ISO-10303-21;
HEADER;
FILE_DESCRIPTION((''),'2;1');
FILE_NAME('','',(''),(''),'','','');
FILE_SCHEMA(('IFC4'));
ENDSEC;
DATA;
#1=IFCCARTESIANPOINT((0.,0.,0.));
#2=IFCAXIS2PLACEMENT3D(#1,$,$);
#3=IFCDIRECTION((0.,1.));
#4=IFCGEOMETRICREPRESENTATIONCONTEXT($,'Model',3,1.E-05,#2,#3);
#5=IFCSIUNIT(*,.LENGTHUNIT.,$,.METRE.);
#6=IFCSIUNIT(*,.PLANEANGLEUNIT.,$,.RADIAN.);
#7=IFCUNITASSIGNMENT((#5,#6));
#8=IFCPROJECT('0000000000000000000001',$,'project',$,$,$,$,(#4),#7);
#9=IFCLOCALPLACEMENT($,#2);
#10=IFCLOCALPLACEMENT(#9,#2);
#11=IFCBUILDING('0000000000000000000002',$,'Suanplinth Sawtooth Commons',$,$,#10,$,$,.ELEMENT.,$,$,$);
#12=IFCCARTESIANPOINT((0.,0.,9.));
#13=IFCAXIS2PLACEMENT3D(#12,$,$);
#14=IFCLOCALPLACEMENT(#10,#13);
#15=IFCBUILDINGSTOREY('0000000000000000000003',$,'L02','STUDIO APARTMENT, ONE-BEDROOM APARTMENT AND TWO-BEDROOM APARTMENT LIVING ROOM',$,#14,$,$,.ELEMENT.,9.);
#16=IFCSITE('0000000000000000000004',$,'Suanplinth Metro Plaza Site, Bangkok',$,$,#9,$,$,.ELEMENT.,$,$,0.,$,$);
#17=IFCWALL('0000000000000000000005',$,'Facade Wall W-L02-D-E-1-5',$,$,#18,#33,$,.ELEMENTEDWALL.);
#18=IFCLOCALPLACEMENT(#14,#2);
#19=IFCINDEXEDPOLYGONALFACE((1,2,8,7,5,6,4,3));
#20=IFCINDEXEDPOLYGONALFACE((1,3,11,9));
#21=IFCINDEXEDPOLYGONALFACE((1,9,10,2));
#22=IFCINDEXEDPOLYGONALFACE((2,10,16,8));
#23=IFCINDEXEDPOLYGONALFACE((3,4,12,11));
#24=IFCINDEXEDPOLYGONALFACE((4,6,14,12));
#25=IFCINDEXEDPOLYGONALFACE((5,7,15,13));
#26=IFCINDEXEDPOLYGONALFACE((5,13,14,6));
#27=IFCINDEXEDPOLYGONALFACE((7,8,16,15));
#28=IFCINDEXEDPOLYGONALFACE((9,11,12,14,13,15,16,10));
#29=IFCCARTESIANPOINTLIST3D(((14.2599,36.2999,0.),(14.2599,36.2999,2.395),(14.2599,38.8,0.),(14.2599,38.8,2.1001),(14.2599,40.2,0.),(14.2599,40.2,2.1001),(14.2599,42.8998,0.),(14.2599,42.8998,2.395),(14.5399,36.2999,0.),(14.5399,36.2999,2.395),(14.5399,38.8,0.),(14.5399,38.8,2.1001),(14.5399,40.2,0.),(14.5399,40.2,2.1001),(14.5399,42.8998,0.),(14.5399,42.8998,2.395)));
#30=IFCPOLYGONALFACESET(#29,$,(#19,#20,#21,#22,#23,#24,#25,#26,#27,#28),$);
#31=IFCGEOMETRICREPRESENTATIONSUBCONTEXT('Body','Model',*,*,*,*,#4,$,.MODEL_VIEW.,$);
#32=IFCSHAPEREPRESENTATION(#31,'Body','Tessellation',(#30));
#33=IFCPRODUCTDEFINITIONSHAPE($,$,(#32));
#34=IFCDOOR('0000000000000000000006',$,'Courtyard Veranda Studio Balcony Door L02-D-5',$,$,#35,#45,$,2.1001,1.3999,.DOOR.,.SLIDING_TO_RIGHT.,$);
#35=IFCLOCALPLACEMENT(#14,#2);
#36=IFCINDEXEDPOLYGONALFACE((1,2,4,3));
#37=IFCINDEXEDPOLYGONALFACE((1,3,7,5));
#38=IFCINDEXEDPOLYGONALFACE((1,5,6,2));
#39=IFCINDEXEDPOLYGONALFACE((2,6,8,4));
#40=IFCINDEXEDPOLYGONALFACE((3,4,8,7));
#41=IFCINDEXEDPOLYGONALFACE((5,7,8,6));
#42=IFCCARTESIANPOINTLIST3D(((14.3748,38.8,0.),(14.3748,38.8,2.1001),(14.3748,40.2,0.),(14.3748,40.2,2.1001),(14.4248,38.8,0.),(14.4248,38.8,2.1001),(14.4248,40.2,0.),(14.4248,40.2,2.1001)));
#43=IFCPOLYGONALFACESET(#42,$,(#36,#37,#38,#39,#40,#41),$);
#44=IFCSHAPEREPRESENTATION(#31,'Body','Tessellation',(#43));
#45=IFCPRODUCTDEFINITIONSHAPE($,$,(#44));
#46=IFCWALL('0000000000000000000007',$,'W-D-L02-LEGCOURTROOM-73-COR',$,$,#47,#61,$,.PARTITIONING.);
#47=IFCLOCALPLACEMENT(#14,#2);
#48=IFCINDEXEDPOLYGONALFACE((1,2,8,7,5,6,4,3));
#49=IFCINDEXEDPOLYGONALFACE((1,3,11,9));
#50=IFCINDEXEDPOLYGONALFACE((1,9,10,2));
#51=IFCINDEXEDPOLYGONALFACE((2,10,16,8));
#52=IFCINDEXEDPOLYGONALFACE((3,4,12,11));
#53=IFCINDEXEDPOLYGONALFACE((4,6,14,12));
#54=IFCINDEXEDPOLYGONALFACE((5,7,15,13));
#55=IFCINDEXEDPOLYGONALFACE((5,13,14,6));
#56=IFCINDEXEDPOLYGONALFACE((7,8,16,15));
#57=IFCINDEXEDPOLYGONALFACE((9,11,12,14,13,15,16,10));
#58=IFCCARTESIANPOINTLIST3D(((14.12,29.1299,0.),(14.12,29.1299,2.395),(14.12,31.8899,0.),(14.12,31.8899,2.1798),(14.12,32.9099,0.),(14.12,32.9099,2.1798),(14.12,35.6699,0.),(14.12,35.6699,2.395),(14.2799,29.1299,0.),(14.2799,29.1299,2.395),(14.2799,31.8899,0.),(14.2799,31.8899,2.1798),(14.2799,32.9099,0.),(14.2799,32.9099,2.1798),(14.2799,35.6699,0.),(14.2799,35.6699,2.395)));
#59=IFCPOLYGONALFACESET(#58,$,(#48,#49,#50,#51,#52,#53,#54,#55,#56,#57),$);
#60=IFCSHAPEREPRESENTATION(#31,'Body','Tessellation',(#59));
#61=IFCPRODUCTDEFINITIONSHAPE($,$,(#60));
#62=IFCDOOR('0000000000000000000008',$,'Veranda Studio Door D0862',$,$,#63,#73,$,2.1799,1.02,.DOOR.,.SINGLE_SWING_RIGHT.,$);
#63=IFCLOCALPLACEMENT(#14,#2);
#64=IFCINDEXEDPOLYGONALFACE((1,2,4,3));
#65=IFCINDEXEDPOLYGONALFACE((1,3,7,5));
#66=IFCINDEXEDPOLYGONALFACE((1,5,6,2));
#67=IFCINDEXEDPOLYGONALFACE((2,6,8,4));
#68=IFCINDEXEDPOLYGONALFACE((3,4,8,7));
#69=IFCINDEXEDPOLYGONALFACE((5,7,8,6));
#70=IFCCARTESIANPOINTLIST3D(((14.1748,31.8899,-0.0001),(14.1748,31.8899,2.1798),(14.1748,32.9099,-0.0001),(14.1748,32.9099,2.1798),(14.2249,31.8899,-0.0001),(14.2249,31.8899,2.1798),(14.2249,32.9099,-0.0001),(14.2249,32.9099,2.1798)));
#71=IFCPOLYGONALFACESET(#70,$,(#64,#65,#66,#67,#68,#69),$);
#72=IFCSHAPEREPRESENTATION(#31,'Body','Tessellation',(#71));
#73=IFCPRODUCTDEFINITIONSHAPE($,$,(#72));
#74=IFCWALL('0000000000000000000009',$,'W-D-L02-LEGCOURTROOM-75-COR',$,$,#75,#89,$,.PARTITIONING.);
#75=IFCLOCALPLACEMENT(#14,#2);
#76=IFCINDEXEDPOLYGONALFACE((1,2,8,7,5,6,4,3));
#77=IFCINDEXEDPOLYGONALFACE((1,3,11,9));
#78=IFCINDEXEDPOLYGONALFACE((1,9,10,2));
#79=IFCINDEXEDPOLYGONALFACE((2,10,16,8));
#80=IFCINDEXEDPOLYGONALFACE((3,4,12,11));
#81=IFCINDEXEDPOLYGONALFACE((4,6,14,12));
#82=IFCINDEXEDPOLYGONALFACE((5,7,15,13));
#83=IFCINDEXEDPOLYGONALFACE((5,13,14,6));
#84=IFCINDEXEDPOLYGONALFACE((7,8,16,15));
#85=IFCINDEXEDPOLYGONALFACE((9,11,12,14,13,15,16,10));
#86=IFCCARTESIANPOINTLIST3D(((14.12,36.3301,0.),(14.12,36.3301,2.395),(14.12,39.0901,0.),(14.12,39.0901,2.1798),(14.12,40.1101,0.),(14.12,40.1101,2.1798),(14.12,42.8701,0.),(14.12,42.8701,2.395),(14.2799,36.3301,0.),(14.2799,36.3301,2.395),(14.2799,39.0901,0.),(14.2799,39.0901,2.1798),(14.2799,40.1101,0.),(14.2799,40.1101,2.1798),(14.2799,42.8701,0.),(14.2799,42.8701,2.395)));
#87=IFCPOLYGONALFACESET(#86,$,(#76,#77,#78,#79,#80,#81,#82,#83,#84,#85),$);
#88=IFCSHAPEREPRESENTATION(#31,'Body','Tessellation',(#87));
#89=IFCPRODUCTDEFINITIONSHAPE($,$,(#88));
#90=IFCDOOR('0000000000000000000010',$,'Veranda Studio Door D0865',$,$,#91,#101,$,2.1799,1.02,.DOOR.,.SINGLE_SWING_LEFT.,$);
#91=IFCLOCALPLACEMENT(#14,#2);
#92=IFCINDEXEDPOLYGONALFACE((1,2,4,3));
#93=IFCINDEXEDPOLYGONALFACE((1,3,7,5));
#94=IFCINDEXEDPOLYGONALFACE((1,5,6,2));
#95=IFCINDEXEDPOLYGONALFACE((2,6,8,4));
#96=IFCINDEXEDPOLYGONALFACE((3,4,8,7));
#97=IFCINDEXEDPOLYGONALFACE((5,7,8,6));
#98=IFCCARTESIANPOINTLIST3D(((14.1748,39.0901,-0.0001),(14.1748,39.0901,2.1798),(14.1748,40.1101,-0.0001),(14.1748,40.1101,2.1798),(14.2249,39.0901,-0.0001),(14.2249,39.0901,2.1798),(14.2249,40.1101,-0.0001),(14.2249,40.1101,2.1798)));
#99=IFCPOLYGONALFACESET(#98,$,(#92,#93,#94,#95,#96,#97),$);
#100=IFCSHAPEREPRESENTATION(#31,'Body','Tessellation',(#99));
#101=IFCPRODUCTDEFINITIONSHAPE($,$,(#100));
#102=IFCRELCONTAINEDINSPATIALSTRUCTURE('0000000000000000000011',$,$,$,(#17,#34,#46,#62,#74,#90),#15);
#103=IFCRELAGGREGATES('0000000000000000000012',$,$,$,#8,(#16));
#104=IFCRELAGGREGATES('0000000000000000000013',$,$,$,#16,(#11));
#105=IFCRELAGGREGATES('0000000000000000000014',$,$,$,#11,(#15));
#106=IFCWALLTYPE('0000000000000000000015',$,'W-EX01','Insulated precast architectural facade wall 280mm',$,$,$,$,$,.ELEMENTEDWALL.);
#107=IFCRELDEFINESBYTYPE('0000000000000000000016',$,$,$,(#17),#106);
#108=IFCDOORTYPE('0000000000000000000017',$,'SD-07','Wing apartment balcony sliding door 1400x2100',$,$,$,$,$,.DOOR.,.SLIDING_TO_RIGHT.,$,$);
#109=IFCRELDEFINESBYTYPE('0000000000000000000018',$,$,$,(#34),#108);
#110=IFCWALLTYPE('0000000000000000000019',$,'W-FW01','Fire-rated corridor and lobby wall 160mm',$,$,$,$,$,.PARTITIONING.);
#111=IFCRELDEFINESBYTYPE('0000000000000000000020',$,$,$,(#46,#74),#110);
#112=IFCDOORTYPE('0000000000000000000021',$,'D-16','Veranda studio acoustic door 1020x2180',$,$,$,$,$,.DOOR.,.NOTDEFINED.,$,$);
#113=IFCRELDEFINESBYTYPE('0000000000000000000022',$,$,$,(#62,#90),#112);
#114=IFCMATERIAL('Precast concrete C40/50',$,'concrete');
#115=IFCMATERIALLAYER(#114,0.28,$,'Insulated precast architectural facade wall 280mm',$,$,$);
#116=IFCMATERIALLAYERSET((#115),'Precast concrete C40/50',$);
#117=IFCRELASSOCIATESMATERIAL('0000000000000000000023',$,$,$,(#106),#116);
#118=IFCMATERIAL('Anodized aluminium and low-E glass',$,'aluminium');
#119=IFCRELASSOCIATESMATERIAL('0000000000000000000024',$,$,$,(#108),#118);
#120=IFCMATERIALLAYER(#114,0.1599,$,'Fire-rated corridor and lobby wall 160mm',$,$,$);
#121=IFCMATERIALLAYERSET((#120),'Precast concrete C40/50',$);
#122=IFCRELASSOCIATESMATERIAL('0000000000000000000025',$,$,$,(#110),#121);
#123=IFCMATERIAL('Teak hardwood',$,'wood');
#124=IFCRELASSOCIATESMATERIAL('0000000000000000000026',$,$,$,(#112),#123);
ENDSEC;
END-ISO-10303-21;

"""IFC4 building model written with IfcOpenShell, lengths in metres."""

from ifc_helpers import new_model, si_unit, direction, frame, frame_2d, origin, place, context, subcontext, project, spatial, rectangle, extrude, material, layer, layer_set, type_object, element, fill, save


model = new_model("IFC4")

# Units and contexts
model_context = context("Model", 3, precision=1e-05, world=origin(), true_north=direction((0.0, 1.0)))
body_context = subcontext(model_context, "Body", "Model", "MODEL_VIEW")
ifc_project = project(units=[si_unit("LENGTHUNIT", "METRE"), si_unit("PLANEANGLEUNIT", "RADIAN")], contexts=[model_context])

# Site, building, storey
site_placement = place(None, origin())
site = spatial("IfcSite", under=ifc_project, at=site_placement, Name="Suanplinth Metro Plaza Site, Bangkok", CompositionType="ELEMENT", RefElevation=0.0)
building_placement = place(site_placement, origin())
building = spatial("IfcBuilding", under=site, at=building_placement, Name="Suanplinth Sawtooth Commons", CompositionType="ELEMENT")
storey_placement = place(building_placement, frame((0.0, 0.0, 9.0)))
storey = spatial("IfcBuildingStorey", under=building, at=storey_placement, Name="L02", Description="STUDIO APARTMENT, ONE-BEDROOM APARTMENT AND TWO-BEDROOM APARTMENT LIVING ROOM", CompositionType="ELEMENT", Elevation=9.0)

# Shared definitions
ifc_material_1 = material(Name="Precast concrete C40/50", Category="concrete")

# Walls, openings, doors
ifc_layer_1 = layer(ifc_material_1, 0.28, Name="Insulated precast architectural facade wall 280mm")
ifc_layer_set_1 = layer_set([ifc_layer_1], Name="Precast concrete C40/50")
wall_type_1 = type_object("IfcWallType", Name="W-EX01", Description="Insulated precast architectural facade wall 280mm", PredefinedType="ELEMENTEDWALL", material=ifc_layer_set_1)
ifc_material_2 = material(Name="Anodized aluminium and low-E glass", Category="aluminium")
door_type_1 = type_object("IfcDoorType", Name="SD-07", Description="Wing apartment balcony sliding door 1400x2100", OperationType="SLIDING_TO_RIGHT", PredefinedType="DOOR", material=ifc_material_2)
wall_1_placement = place(storey_placement, frame((14.3999, 36.3, 0.0), z_axis=(0.0, 0.0, 1.0), x_axis=(0.0, 1.0, 0.0)))
wall_1 = element("IfcWall", 1, at=wall_1_placement, inside=storey, type_object=wall_type_1, Name="Facade Wall W-L02-D-E-1-5", PredefinedType="ELEMENTEDWALL", context=body_context, shape_type="SweptSolid", body=[
    extrude(rectangle(XDim=6.5999, YDim=0.28, at=frame_2d((3.2998, 0.0))), origin(), (0.0, 0.0, 1.0), 2.395),
])
opening_1_placement = place(wall_1_placement, frame((2.5, 0.0, 0.0)))
opening_1 = element("IfcOpeningElement", 2, at=opening_1_placement, cuts=wall_1, PredefinedType="OPENING", context=body_context, shape_type="SweptSolid", body=[
    extrude(rectangle(XDim=1.3999, YDim=2.1001, at=frame_2d((0.7, 1.05))), frame((0.0, 0.1548, 0.0), z_axis=(0.0, -1.0, 0.0), x_axis=(1.0, 0.0, 0.0)), (0.0, 0.0, 1.0), 0.3098),
])
door_1_placement = place(opening_1_placement, frame((1.3999, 0.0, 0.0), z_axis=(0.0, 0.0, 1.0), x_axis=(-1.0, 0.0, 0.0)))
door_1 = element("IfcDoor", 3, at=door_1_placement, inside=storey, type_object=door_type_1, Name="Courtyard Veranda Studio Balcony Door L02-D-5", OperationType="SLIDING_TO_RIGHT", OverallHeight=2.1001, OverallWidth=1.3999, PredefinedType="DOOR", context=body_context, shape_type="SweptSolid", body=[
    extrude(rectangle(XDim=1.3999, YDim=2.1001, at=frame_2d((0.7, 1.05))), frame((0.0, 0.0249, 0.0), z_axis=(0.0, -1.0, 0.0), x_axis=(1.0, 0.0, 0.0)), (0.0, 0.0, 1.0), 0.05),
])
fill(opening_1, door_1)
ifc_layer_2 = layer(ifc_material_1, 0.1599, Name="Fire-rated corridor and lobby wall 160mm")
ifc_layer_set_2 = layer_set([ifc_layer_2], Name="Precast concrete C40/50")
wall_type_2 = type_object("IfcWallType", Name="W-FW01", Description="Fire-rated corridor and lobby wall 160mm", PredefinedType="PARTITIONING", material=ifc_layer_set_2)
wall_2_placement = place(storey_placement, frame((14.2, 29.1299, 0.0), z_axis=(0.0, 0.0, 1.0), x_axis=(0.0, 1.0, 0.0)))
wall_2 = element("IfcWall", 4, at=wall_2_placement, inside=storey, type_object=wall_type_2, Name="W-D-L02-LEGCOURTROOM-73-COR", PredefinedType="PARTITIONING", context=body_context, shape_type="SweptSolid", body=[
    extrude(rectangle(XDim=6.54, YDim=0.1599, at=frame_2d((3.27, 0.0))), origin(), (0.0, 0.0, 1.0), 2.395),
])
opening_2_placement = place(wall_2_placement, frame((2.76, 0.0, 0.0)))
opening_2 = element("IfcOpeningElement", 5, at=opening_2_placement, cuts=wall_2, PredefinedType="OPENING", context=body_context, shape_type="SweptSolid", body=[
    extrude(rectangle(XDim=1.02, YDim=2.1799, at=frame_2d((0.51, 1.0898))), frame((0.0, 0.0947, 0.0), z_axis=(0.0, -1.0, 0.0), x_axis=(1.0, 0.0, 0.0)), (0.0, 0.0, 1.0), 0.1897),
])
ifc_material_3 = material(Name="Teak hardwood", Category="wood")
door_type_2 = type_object("IfcDoorType", Name="D-16", Description="Veranda studio acoustic door 1020x2180", OperationType="NOTDEFINED", PredefinedType="DOOR", material=ifc_material_3)
door_2_placement = place(opening_2_placement, frame((1.02, 0.0, 0.0), z_axis=(0.0, 0.0, 1.0), x_axis=(-1.0, 0.0, 0.0)))
door_2 = element("IfcDoor", 6, at=door_2_placement, inside=storey, type_object=door_type_2, Name="Veranda Studio Door D0862", OperationType="SINGLE_SWING_RIGHT", OverallHeight=2.1799, OverallWidth=1.02, PredefinedType="DOOR", context=body_context, shape_type="SweptSolid", body=[
    extrude(rectangle(XDim=1.02, YDim=2.1799, at=frame_2d((0.51, 1.0898))), frame((0.0, 0.0249, 0.0), z_axis=(0.0, -1.0, 0.0), x_axis=(1.0, 0.0, 0.0)), (0.0, 0.0, 1.0), 0.05),
])
fill(opening_2, door_2)
wall_3_placement = place(storey_placement, frame((14.2, 36.3301, 0.0), z_axis=(0.0, 0.0, 1.0), x_axis=(0.0, 1.0, 0.0)))
wall_3 = element("IfcWall", 7, at=wall_3_placement, inside=storey, type_object=wall_type_2, Name="W-D-L02-LEGCOURTROOM-75-COR", PredefinedType="PARTITIONING", context=body_context, shape_type="SweptSolid", body=[
    extrude(rectangle(XDim=6.54, YDim=0.1599, at=frame_2d((3.27, 0.0))), origin(), (0.0, 0.0, 1.0), 2.395),
])
opening_3_placement = place(wall_3_placement, frame((2.76, 0.0, 0.0)))
opening_3 = element("IfcOpeningElement", 8, at=opening_3_placement, cuts=wall_3, PredefinedType="OPENING", context=body_context, shape_type="SweptSolid", body=[
    extrude(rectangle(XDim=1.02, YDim=2.1799, at=frame_2d((0.51, 1.0898))), frame((0.0, 0.0947, 0.0), z_axis=(0.0, -1.0, 0.0), x_axis=(1.0, 0.0, 0.0)), (0.0, 0.0, 1.0), 0.1897),
])
door_3_placement = place(opening_3_placement, frame((1.02, 0.0, 0.0), z_axis=(0.0, 0.0, 1.0), x_axis=(-1.0, 0.0, 0.0)))
door_3 = element("IfcDoor", 9, at=door_3_placement, inside=storey, type_object=door_type_2, Name="Veranda Studio Door D0865", OperationType="SINGLE_SWING_LEFT", OverallHeight=2.1799, OverallWidth=1.02, PredefinedType="DOOR", context=body_context, shape_type="SweptSolid", body=[
    extrude(rectangle(XDim=1.02, YDim=2.1799, at=frame_2d((0.51, 1.0898))), frame((0.0, 0.0249, 0.0), z_axis=(0.0, -1.0, 0.0), x_axis=(1.0, 0.0, 0.0)), (0.0, 0.0, 1.0), 0.05),
])
fill(opening_3, door_3)

save(model, "model.ifc")
